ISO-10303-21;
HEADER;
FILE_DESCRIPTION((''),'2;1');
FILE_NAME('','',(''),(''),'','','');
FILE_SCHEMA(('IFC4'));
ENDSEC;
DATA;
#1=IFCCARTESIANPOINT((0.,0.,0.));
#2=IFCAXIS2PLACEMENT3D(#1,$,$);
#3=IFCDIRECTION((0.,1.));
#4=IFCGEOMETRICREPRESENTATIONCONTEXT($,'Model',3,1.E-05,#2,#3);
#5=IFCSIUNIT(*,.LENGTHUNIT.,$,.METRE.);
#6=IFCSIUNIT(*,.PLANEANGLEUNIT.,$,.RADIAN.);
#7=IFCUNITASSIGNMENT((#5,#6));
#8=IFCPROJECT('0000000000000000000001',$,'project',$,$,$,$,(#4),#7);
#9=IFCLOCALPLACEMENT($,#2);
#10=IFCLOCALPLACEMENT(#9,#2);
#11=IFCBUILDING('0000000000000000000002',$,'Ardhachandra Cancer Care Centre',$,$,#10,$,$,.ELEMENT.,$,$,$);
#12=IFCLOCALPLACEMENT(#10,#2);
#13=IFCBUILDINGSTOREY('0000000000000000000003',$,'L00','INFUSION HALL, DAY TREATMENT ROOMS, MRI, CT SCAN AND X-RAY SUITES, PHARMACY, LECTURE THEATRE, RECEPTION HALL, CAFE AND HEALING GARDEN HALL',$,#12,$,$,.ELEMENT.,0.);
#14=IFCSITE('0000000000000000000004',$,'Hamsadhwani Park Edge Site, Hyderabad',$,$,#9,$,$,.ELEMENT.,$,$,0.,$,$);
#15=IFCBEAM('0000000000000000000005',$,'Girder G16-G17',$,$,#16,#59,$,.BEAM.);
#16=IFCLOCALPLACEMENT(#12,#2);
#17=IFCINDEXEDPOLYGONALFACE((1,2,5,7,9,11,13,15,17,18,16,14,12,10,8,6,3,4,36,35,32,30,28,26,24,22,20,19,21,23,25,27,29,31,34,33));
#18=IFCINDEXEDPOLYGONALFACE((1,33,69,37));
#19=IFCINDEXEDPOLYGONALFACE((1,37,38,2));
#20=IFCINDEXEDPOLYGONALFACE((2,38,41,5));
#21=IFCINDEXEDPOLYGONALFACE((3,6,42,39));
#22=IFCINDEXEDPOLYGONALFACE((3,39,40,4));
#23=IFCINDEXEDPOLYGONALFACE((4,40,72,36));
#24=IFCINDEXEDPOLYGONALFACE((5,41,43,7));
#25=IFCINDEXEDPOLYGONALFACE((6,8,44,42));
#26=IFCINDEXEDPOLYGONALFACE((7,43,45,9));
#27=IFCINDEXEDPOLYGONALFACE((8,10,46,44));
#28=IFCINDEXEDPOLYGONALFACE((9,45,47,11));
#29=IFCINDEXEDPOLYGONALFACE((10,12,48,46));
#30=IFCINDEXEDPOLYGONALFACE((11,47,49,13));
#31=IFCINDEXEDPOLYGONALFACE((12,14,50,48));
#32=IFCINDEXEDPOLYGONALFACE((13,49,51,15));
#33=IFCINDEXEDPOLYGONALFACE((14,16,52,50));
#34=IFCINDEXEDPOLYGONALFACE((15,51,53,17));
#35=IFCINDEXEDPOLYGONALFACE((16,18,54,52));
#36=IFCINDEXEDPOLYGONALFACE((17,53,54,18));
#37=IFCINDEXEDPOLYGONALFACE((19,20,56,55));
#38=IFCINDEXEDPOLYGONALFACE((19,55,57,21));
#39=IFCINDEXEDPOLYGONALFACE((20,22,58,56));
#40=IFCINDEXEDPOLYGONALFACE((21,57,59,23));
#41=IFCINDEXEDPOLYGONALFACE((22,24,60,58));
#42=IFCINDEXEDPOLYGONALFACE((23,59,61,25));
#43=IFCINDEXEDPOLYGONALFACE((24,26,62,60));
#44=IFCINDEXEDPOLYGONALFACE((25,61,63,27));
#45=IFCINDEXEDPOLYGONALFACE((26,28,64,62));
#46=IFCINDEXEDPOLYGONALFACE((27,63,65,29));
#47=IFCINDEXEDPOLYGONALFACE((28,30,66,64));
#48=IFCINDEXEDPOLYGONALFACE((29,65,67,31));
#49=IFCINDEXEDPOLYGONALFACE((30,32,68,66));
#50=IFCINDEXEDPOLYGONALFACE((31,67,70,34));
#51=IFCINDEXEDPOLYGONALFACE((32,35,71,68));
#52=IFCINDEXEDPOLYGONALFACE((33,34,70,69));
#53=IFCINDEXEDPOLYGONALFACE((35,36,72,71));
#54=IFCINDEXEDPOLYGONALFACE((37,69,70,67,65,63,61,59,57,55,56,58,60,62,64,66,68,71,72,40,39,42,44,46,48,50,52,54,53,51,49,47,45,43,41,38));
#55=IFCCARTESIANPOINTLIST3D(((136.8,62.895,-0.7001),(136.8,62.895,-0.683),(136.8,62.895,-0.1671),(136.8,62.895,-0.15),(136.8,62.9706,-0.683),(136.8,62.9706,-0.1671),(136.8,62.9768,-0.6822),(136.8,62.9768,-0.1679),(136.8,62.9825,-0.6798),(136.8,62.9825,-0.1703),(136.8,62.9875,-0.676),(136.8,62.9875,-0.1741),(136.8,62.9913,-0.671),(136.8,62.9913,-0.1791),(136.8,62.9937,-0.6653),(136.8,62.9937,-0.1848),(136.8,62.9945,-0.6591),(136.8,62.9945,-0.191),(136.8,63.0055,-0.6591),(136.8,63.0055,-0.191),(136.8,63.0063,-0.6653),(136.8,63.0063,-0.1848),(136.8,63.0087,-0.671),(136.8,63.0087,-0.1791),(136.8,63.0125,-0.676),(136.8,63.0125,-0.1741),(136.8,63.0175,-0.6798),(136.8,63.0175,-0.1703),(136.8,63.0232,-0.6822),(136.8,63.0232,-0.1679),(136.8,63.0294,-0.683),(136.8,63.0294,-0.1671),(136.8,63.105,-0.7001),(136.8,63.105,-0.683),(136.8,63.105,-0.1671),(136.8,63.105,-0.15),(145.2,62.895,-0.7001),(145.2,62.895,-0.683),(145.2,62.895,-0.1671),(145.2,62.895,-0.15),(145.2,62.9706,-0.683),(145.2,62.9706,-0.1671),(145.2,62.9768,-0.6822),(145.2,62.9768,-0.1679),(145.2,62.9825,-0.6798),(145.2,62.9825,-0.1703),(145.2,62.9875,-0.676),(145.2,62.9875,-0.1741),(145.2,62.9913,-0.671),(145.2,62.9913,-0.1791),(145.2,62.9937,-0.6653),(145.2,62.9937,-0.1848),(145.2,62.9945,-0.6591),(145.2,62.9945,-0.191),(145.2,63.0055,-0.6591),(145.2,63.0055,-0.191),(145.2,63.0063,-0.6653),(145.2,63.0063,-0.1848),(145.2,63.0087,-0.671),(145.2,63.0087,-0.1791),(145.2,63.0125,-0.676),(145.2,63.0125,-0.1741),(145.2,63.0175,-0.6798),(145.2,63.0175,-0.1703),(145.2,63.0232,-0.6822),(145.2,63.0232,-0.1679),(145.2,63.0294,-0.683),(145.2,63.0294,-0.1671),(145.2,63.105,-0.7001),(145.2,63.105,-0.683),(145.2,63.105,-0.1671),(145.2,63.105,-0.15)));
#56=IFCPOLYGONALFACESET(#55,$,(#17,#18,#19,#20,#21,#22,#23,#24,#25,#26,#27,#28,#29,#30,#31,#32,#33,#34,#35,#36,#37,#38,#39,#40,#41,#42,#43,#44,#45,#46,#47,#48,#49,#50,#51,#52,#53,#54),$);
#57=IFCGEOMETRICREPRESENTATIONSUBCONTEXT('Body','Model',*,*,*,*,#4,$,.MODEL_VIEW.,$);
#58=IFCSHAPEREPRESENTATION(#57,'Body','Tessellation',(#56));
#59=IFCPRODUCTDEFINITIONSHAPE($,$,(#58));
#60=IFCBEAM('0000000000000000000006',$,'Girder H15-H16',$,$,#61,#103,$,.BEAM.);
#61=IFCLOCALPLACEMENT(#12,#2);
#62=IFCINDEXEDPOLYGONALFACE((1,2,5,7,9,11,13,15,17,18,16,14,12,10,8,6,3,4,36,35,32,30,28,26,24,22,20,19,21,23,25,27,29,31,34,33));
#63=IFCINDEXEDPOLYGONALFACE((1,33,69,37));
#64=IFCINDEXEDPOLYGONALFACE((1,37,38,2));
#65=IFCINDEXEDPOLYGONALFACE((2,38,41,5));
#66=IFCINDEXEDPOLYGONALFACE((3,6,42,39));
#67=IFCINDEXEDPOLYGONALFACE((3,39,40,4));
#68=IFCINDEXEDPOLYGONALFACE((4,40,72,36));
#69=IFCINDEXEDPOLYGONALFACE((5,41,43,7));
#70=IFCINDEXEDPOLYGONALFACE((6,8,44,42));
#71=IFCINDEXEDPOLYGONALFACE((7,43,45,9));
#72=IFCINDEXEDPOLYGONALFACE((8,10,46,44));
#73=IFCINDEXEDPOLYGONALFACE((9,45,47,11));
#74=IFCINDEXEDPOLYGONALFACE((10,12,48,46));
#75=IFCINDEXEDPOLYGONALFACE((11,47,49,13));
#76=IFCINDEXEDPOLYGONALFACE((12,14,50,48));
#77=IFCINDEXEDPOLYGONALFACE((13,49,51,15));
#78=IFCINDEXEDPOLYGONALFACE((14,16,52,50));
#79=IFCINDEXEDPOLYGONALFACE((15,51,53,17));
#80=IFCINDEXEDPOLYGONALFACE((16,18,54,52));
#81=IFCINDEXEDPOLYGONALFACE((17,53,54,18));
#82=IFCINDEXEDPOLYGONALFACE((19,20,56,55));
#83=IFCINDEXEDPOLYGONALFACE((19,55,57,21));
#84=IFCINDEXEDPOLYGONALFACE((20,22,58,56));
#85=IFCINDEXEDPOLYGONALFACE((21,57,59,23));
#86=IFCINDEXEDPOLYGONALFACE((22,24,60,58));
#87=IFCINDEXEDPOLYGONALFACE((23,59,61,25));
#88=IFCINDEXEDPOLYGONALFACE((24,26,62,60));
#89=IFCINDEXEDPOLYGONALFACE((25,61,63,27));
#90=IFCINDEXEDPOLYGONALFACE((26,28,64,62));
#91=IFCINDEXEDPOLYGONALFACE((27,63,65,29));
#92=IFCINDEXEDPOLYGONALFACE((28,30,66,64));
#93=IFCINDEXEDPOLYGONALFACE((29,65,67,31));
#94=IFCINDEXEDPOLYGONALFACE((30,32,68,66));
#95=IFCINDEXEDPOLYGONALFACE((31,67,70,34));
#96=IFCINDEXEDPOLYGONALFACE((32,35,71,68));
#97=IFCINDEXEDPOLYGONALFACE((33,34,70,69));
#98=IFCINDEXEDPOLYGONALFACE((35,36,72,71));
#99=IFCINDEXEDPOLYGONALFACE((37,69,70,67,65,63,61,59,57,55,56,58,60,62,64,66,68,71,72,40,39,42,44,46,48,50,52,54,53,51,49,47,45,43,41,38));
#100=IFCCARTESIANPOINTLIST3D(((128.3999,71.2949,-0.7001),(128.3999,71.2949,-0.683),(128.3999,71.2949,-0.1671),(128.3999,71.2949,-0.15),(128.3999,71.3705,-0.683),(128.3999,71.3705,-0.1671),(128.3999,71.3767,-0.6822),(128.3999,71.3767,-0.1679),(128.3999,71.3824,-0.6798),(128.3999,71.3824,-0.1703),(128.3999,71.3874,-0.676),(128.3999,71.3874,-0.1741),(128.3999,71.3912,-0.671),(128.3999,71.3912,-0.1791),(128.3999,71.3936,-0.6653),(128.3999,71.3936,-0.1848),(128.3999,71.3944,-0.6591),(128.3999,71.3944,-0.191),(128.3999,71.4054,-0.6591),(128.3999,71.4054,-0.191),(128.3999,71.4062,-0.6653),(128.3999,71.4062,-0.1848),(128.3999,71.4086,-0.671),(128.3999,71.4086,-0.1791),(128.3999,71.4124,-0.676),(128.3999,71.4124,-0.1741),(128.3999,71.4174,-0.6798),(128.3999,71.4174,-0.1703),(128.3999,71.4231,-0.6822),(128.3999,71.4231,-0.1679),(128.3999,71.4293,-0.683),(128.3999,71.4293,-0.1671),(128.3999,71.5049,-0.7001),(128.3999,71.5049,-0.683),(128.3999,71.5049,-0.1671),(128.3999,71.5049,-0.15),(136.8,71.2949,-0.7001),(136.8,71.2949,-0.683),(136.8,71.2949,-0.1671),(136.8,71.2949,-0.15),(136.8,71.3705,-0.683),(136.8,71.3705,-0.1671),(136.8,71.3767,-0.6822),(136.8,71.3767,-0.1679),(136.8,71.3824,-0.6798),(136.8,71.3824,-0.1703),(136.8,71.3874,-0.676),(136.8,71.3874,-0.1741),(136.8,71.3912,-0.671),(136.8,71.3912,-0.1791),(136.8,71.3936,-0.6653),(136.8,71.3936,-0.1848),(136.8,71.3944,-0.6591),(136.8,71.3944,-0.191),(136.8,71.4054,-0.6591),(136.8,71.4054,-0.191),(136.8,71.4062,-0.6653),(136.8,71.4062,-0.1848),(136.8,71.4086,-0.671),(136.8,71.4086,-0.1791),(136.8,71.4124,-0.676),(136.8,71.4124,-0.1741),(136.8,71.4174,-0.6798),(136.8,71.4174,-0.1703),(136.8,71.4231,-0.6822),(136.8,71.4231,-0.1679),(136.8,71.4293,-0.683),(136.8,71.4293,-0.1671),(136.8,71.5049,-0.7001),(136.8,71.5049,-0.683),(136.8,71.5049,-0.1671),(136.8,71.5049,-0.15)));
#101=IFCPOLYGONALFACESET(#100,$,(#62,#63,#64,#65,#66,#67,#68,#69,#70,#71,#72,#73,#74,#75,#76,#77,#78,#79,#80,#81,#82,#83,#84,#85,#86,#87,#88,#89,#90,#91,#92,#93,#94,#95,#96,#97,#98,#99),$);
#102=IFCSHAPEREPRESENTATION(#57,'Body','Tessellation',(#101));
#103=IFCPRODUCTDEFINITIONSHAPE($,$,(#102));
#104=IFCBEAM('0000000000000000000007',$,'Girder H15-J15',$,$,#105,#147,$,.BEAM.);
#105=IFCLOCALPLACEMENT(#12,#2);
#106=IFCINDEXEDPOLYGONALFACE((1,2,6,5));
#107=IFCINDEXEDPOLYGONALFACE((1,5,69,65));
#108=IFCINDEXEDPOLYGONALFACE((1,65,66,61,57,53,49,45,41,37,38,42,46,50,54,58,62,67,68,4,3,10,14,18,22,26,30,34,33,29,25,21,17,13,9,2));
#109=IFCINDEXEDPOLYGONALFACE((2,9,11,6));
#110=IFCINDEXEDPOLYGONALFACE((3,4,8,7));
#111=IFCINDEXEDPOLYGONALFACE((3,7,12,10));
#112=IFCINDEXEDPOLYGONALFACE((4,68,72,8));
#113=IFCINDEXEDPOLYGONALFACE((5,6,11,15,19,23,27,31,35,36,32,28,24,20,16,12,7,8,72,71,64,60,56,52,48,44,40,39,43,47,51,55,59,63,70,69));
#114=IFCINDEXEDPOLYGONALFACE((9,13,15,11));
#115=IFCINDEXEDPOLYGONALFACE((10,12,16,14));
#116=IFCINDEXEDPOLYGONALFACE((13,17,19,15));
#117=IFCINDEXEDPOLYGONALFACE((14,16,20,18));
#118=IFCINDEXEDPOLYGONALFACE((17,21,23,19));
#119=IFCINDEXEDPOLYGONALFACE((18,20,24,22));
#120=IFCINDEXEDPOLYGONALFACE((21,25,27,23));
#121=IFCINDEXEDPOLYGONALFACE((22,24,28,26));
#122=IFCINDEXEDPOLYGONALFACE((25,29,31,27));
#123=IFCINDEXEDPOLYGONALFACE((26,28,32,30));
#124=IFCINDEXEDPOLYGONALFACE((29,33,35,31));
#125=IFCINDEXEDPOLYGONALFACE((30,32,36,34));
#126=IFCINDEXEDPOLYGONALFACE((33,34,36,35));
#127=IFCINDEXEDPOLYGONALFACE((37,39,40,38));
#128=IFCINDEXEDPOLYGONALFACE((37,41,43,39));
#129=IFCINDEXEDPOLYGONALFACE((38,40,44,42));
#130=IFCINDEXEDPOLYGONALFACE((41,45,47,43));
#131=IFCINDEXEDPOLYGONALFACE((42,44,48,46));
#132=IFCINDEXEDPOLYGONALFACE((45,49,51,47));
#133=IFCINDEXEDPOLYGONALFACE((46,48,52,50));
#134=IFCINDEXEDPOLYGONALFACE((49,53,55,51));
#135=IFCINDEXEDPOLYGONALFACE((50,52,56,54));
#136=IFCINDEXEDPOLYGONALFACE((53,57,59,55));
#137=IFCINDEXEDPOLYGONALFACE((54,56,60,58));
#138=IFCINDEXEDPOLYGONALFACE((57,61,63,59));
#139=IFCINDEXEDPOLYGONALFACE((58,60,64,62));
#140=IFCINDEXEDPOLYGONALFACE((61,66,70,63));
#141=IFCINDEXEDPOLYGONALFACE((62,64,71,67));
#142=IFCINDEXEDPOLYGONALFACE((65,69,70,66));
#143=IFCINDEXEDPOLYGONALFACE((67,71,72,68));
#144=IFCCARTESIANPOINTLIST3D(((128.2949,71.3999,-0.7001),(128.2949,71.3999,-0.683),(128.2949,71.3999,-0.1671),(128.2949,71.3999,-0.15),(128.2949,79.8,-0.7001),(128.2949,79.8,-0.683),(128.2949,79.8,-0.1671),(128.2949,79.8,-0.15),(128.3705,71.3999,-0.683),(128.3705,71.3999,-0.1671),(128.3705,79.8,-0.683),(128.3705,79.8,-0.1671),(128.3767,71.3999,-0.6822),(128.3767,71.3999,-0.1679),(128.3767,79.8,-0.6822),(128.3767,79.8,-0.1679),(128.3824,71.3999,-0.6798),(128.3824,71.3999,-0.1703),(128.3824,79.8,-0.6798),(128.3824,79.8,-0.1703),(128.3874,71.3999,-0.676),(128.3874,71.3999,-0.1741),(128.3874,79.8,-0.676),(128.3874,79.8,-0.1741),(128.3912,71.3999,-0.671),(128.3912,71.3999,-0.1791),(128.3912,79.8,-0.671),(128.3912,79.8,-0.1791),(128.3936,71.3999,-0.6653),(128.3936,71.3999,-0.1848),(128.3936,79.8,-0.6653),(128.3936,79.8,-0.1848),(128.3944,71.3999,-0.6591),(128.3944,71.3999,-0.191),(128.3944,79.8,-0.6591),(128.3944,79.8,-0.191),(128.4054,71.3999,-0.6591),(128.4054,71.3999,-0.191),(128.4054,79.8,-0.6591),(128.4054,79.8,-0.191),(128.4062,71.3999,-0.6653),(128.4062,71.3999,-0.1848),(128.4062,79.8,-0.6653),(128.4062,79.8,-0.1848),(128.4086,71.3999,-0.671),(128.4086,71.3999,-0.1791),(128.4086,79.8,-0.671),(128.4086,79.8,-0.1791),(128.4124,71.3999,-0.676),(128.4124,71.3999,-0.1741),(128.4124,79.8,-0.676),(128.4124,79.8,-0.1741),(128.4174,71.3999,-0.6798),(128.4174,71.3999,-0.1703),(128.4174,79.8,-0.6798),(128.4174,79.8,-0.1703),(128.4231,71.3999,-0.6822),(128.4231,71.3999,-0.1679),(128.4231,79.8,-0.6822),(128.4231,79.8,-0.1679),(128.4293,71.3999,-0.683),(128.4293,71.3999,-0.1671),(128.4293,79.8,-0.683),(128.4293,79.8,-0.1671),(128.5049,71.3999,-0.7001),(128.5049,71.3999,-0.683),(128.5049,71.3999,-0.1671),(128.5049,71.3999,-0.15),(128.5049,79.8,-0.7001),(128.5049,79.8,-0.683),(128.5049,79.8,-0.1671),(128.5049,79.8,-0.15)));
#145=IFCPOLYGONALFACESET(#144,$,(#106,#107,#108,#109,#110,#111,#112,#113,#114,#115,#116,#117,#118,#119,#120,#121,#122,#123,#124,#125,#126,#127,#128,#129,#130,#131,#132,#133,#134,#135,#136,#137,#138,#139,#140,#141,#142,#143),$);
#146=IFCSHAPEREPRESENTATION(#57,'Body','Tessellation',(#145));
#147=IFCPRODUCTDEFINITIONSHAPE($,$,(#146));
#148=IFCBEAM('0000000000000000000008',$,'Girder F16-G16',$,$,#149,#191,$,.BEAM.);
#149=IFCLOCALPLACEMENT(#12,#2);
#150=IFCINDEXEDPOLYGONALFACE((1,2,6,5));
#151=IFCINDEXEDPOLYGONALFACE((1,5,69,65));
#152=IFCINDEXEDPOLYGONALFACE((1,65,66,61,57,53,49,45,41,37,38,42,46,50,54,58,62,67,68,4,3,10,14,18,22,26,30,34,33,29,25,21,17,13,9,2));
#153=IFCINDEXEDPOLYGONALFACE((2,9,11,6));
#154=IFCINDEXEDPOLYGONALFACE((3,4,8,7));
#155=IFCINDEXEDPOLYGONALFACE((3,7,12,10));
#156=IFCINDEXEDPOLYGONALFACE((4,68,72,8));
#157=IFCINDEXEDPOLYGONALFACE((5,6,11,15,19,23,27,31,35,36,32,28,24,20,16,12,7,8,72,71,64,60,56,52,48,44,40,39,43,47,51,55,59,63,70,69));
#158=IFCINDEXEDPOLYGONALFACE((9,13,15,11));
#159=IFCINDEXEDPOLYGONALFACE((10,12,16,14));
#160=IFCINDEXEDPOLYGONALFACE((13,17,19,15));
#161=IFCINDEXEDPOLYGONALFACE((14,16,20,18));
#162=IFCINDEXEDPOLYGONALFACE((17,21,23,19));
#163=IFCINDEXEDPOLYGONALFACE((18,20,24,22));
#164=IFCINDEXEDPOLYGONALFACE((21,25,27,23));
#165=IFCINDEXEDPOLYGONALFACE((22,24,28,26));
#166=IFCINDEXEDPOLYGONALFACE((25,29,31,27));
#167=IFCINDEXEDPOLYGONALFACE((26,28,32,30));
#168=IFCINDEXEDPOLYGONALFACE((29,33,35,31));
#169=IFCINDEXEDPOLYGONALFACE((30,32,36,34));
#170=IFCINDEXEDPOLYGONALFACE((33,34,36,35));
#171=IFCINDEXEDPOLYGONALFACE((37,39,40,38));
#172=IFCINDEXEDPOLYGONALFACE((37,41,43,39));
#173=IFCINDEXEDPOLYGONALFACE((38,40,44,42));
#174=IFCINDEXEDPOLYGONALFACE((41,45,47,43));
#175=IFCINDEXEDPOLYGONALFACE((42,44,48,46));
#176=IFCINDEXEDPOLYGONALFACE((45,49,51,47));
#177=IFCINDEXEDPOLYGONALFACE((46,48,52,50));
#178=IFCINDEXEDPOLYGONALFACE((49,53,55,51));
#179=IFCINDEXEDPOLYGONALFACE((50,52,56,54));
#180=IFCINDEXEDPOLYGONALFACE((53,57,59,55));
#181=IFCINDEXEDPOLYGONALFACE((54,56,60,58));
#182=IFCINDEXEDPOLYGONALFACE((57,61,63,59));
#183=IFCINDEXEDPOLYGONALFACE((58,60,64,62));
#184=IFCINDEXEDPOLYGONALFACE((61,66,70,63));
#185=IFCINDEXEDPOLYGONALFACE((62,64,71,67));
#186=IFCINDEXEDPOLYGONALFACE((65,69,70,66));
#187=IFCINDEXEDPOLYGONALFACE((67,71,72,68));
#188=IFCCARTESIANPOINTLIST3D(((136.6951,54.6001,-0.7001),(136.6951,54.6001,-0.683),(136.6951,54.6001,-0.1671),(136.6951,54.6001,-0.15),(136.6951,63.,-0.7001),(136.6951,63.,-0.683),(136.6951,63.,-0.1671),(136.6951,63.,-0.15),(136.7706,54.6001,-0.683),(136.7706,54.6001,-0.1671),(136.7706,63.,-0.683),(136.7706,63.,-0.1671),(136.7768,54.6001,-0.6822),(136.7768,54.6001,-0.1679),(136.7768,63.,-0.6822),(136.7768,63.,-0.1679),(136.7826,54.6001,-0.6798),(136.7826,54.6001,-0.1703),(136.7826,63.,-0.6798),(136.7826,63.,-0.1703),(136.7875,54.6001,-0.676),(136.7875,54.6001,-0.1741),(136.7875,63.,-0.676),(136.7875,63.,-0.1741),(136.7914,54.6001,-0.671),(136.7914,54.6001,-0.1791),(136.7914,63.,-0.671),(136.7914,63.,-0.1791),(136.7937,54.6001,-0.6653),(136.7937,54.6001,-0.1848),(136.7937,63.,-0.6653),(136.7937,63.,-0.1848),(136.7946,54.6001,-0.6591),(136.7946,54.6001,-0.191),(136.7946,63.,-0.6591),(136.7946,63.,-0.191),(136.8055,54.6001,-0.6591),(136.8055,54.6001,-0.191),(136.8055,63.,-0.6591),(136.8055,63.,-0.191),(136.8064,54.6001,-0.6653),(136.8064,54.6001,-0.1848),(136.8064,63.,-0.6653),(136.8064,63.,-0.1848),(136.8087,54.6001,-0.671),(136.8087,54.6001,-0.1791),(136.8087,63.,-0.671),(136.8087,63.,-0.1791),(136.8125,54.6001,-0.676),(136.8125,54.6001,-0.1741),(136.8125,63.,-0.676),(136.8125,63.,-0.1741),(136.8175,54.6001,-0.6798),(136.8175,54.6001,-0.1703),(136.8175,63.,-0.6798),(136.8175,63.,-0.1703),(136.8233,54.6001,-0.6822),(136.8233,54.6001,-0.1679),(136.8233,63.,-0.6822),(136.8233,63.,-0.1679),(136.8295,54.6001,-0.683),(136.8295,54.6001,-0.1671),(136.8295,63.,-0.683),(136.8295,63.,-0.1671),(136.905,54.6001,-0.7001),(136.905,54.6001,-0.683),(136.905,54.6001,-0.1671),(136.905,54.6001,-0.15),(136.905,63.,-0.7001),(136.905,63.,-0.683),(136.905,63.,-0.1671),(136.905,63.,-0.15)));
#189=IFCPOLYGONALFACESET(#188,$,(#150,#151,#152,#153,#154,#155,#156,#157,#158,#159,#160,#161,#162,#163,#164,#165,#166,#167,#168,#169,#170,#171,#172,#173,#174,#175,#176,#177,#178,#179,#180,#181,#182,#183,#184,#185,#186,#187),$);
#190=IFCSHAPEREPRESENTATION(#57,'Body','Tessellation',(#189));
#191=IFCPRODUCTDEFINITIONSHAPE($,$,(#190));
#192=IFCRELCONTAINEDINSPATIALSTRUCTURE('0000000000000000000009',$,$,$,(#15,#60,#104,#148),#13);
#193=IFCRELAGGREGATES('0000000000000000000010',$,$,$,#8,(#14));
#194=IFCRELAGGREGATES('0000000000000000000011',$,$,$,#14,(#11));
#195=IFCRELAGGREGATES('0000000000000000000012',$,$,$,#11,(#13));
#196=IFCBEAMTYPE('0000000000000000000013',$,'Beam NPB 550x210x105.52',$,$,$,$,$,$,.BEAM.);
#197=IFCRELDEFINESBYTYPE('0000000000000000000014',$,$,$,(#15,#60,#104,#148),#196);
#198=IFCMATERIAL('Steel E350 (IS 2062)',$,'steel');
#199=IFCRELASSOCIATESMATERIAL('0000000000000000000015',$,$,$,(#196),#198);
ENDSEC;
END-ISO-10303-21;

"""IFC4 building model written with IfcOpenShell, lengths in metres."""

from ifc_helpers import new_model, si_unit, direction, frame, origin, origin_2d, place, context, subcontext, project, spatial, i_section, extrude, material, material_profile, profile_set, type_object, element, save


model = new_model("IFC4")

# Units and contexts
model_context = context("Model", 3, precision=1e-05, world=origin(), true_north=direction((0.0, 1.0)))
body_context = subcontext(model_context, "Body", "Model", "MODEL_VIEW")
ifc_project = project(units=[si_unit("LENGTHUNIT", "METRE"), si_unit("PLANEANGLEUNIT", "RADIAN")], contexts=[model_context])

# Site, building, storey
site_placement = place(None, origin())
site = spatial("IfcSite", under=ifc_project, at=site_placement, Name="Hamsadhwani Park Edge Site, Hyderabad", CompositionType="ELEMENT", RefElevation=0.0)
building_placement = place(site_placement, origin())
building = spatial("IfcBuilding", under=site, at=building_placement, Name="Ardhachandra Cancer Care Centre", CompositionType="ELEMENT")
storey_placement = place(building_placement, origin())
storey = spatial("IfcBuildingStorey", under=building, at=storey_placement, Name="L00", Description="INFUSION HALL, DAY TREATMENT ROOMS, MRI, CT SCAN AND X-RAY SUITES, PHARMACY, LECTURE THEATRE, RECEPTION HALL, CAFE AND HEALING GARDEN HALL", CompositionType="ELEMENT", Elevation=0.0)

# Beams
ifc_material_1 = material(Name="Steel E350 (IS 2062)", Category="steel")
ifc_material_profile_1 = material_profile(ifc_material_1, i_section(OverallWidth=0.21, OverallDepth=0.55, WebThickness=0.011, FlangeThickness=0.0171, FilletRadius=0.0239, at=origin_2d()), Name="NPB 550x210x105.52")
ifc_profile_set_1 = profile_set([ifc_material_profile_1], Name="Steel E350 (IS 2062)")
beam_type_1 = type_object("IfcBeamType", Name="Beam NPB 550x210x105.52", PredefinedType="BEAM", material=ifc_profile_set_1)
for number, where, z_axis, x_axis, name in (
    (1, (136.8, 63.0, -0.425), (1.0, 0.0, 0.0), (0.0, 1.0, 0.0), "Girder G16-G17"),
):
    element("IfcBeam", number, at=place(storey_placement, frame(where, z_axis=z_axis, x_axis=x_axis)), inside=storey, type_object=beam_type_1, Name=name, PredefinedType="BEAM", context=body_context, shape_type="SweptSolid", body=[
        extrude(i_section(OverallWidth=0.21, OverallDepth=0.55, WebThickness=0.011, FlangeThickness=0.0171, FilletRadius=0.0239, at=origin_2d()), origin(), (0.0, 0.0, 1.0), 8.3999),
    ])
for number, where, z_axis, x_axis, name in (
    (2, (128.3999, 71.3999, -0.425), (1.0, 0.0, 0.0), (0.0, 1.0, 0.0), "Girder H15-H16"),
    (3, (128.3999, 71.3999, -0.425), (0.0, 1.0, 0.0), (-1.0, 0.0, 0.0), "Girder H15-J15"),
):
    element("IfcBeam", number, at=place(storey_placement, frame(where, z_axis=z_axis, x_axis=x_axis)), inside=storey, type_object=beam_type_1, Name=name, PredefinedType="BEAM", context=body_context, shape_type="SweptSolid", body=[
        extrude(i_section(OverallWidth=0.21, OverallDepth=0.55, WebThickness=0.011, FlangeThickness=0.0171, FilletRadius=0.0239, at=origin_2d()), origin(), (0.0, 0.0, 1.0), 8.4001),
    ])
for number, where, z_axis, x_axis, name in (
    (4, (136.8, 54.6001, -0.425), (0.0, 1.0, 0.0), (-1.0, 0.0, 0.0), "Girder F16-G16"),
):
    element("IfcBeam", number, at=place(storey_placement, frame(where, z_axis=z_axis, x_axis=x_axis)), inside=storey, type_object=beam_type_1, Name=name, PredefinedType="BEAM", context=body_context, shape_type="SweptSolid", body=[
        extrude(i_section(OverallWidth=0.21, OverallDepth=0.55, WebThickness=0.011, FlangeThickness=0.0171, FilletRadius=0.0239, at=origin_2d()), origin(), (0.0, 0.0, 1.0), 8.3999),
    ])

save(model, "model.ifc")
